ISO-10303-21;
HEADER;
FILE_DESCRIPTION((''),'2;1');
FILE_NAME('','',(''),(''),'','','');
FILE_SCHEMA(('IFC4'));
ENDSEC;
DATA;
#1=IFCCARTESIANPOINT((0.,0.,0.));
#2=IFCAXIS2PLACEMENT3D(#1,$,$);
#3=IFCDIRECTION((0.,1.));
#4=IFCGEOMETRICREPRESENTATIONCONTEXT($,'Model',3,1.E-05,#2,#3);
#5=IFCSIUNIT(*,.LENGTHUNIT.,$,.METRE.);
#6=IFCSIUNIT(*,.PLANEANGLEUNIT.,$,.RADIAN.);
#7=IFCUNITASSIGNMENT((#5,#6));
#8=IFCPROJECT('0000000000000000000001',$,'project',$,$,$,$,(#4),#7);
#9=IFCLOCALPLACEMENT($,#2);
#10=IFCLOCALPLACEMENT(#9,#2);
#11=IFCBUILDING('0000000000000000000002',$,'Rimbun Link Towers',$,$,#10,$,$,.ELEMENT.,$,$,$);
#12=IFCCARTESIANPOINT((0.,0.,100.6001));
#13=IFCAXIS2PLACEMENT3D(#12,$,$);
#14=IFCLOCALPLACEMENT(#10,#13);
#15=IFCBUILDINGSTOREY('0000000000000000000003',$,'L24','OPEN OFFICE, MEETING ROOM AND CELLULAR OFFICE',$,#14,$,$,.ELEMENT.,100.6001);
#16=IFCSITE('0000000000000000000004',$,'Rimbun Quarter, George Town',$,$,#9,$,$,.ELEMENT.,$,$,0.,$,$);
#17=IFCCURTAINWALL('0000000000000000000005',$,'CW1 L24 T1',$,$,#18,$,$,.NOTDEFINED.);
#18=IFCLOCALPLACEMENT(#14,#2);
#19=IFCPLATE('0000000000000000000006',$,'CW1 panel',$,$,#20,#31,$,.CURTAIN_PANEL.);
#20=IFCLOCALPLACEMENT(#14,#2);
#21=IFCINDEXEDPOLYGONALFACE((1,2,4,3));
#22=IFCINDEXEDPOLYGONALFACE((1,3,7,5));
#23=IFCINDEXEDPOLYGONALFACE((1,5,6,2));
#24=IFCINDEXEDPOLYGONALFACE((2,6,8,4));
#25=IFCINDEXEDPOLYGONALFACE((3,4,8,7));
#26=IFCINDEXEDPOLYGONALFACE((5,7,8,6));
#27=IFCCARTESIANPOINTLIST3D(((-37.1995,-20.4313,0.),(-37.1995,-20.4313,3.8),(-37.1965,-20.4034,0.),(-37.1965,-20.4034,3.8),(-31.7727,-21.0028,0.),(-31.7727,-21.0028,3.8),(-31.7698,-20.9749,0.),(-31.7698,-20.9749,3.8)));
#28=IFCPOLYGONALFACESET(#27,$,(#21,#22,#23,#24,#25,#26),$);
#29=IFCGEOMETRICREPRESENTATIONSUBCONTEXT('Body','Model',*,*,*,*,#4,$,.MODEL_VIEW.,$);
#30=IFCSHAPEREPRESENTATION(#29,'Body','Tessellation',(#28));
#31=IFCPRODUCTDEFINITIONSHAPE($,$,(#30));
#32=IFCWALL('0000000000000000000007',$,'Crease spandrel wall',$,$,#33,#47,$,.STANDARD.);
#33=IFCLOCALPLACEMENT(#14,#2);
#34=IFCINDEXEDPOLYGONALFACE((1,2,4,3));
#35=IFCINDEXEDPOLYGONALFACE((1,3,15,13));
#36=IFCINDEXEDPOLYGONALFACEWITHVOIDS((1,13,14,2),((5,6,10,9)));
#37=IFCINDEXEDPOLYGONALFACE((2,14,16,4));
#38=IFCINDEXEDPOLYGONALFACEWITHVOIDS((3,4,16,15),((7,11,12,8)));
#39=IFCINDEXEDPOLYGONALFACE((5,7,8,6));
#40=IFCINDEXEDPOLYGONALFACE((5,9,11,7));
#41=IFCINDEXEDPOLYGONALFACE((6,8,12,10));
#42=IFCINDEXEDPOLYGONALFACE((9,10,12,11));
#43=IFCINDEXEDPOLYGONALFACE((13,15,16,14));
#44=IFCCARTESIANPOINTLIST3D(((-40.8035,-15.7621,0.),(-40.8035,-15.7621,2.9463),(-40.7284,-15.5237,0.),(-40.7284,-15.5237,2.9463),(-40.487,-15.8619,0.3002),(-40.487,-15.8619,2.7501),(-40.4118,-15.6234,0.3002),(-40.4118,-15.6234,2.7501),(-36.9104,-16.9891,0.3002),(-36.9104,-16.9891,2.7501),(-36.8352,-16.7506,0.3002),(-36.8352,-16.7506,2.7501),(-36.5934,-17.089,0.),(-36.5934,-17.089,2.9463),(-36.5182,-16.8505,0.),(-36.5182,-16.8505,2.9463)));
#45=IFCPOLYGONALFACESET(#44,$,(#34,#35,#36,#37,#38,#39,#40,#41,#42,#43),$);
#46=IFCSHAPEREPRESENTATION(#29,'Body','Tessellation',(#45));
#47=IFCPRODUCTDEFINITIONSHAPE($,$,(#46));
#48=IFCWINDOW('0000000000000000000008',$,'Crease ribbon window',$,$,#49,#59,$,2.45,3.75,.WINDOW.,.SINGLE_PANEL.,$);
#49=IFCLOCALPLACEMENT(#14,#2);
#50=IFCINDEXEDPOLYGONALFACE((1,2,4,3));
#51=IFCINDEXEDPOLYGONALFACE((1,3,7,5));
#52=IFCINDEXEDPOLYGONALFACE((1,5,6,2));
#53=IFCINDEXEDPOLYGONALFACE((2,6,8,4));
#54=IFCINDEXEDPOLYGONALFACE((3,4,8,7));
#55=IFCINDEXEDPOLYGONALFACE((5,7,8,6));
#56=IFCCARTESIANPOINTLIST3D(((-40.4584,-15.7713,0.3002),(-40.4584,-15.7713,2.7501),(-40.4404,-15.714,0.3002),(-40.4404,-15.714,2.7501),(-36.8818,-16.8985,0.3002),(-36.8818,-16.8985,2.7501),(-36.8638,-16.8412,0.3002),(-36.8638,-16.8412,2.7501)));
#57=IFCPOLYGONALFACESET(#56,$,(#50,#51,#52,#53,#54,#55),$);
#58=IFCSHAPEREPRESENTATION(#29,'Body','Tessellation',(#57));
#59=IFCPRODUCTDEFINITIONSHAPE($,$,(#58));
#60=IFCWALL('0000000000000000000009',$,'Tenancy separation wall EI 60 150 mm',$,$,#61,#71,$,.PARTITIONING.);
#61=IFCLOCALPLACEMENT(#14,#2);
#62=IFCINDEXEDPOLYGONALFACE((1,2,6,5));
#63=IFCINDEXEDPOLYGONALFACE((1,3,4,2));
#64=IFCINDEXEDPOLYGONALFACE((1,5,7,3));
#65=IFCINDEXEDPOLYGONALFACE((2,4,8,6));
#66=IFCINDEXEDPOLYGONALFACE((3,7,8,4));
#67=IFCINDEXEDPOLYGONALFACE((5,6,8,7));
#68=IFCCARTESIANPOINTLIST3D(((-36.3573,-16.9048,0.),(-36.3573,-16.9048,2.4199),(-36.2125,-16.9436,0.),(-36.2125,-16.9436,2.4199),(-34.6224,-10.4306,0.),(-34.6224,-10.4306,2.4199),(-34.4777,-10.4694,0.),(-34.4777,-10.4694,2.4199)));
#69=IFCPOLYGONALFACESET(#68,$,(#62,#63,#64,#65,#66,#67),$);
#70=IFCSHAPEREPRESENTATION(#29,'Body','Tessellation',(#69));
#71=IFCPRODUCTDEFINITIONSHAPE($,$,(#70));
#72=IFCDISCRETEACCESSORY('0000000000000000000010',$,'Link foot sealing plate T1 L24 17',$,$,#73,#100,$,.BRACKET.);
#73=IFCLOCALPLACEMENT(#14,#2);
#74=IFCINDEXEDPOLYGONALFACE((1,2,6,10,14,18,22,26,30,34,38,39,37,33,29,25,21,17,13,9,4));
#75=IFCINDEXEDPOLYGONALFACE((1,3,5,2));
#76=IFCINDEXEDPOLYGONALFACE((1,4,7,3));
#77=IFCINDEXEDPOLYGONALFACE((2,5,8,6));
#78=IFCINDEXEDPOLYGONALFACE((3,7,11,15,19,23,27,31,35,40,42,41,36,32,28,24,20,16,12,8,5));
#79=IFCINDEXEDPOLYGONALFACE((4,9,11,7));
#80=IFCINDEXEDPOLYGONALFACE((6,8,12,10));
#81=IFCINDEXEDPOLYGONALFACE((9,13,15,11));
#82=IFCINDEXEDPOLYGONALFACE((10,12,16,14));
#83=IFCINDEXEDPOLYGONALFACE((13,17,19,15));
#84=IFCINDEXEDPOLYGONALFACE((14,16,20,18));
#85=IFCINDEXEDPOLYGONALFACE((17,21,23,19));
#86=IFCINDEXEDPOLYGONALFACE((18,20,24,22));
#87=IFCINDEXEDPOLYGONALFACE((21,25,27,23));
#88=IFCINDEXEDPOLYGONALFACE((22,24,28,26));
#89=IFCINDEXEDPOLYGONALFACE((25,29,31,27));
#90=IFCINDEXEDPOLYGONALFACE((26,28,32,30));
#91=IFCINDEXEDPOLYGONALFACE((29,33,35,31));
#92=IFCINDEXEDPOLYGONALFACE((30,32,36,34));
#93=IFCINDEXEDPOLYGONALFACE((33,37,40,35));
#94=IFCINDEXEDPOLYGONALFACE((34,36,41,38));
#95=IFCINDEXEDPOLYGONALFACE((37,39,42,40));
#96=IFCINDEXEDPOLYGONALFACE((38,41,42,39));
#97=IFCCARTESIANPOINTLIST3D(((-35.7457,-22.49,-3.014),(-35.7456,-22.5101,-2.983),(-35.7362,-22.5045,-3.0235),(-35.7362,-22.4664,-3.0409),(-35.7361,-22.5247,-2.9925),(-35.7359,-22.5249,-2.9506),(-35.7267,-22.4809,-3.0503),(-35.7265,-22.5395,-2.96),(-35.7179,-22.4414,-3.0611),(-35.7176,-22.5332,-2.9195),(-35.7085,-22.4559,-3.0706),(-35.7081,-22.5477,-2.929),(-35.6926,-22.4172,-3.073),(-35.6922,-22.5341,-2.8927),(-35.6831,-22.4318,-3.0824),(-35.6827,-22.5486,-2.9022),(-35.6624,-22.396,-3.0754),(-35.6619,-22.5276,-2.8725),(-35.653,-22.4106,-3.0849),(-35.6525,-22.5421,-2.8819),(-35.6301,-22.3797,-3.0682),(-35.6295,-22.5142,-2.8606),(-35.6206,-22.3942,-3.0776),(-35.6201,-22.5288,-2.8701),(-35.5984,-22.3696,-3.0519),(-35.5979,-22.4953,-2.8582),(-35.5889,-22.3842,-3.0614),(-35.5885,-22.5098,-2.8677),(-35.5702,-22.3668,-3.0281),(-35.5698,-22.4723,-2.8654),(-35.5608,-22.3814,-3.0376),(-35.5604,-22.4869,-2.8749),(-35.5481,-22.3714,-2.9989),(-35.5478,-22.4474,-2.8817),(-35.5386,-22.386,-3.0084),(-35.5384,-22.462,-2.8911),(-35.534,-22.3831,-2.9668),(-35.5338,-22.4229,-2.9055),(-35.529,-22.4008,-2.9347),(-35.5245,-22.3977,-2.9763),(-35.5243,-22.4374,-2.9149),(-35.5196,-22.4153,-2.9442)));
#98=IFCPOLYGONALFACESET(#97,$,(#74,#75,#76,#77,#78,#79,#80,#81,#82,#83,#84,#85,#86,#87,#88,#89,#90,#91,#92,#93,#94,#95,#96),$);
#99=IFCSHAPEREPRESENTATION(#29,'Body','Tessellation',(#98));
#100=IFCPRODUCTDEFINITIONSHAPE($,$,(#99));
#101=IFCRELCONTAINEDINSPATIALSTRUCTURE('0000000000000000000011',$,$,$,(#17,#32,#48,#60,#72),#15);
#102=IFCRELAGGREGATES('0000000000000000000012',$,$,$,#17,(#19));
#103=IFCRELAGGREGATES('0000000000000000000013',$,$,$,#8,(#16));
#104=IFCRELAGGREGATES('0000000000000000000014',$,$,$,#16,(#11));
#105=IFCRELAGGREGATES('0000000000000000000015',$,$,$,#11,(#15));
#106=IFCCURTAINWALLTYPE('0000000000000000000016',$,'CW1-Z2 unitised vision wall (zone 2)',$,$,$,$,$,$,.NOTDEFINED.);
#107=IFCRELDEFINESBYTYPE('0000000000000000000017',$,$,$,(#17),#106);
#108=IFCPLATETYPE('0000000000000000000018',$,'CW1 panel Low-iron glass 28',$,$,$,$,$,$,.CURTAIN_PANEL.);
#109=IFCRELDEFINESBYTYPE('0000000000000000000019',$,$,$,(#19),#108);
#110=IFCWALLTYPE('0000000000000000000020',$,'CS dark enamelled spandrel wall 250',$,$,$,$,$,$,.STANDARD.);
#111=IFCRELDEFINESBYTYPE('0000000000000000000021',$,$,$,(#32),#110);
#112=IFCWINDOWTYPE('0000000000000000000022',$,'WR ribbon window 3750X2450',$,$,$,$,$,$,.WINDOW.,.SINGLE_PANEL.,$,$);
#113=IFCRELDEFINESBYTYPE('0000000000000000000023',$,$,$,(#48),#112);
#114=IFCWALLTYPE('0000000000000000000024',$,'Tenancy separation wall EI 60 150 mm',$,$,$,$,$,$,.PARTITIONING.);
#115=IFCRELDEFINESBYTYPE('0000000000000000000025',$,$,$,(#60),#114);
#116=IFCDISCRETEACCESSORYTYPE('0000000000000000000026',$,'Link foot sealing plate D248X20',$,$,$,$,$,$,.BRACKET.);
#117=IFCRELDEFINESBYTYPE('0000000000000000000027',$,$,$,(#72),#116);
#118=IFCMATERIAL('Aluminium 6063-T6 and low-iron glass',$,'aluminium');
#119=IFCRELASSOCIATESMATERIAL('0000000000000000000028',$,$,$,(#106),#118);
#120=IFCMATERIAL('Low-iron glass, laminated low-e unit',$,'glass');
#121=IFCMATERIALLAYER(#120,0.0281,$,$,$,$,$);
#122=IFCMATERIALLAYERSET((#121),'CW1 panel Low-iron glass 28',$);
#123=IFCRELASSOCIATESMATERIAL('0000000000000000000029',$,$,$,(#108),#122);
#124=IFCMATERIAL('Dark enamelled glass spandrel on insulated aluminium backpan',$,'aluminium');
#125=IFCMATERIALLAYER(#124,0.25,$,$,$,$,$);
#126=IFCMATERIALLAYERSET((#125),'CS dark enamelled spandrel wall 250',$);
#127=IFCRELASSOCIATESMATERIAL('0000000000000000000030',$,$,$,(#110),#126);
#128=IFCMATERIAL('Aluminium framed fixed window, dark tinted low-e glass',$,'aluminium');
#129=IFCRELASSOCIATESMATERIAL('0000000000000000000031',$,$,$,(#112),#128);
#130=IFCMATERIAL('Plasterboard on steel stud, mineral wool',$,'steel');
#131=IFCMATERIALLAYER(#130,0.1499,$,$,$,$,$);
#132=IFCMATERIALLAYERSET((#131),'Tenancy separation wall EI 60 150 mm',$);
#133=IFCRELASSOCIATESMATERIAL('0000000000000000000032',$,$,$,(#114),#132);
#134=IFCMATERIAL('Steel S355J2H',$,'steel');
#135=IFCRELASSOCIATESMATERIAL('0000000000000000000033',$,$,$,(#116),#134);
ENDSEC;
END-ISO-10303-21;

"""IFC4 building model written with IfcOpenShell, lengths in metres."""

from ifc_helpers import new_model, si_unit, direction, frame, frame_2d, origin, origin_2d, place, context, subcontext, project, spatial, rectangle, circle, extrude, material, layer, layer_set, material_profile, profile_set, type_object, element, fill, aggregate, save


model = new_model("IFC4")

# Units and contexts
model_context = context("Model", 3, precision=1e-05, world=origin(), true_north=direction((0.0, 1.0)))
body_context = subcontext(model_context, "Body", "Model", "MODEL_VIEW")
ifc_project = project(units=[si_unit("LENGTHUNIT", "METRE"), si_unit("PLANEANGLEUNIT", "RADIAN")], contexts=[model_context])

# Site, building, storey
site_placement = place(None, origin())
site = spatial("IfcSite", under=ifc_project, at=site_placement, Name="Rimbun Quarter, George Town", CompositionType="ELEMENT", RefElevation=0.0)
building_placement = place(site_placement, origin())
building = spatial("IfcBuilding", under=site, at=building_placement, Name="Rimbun Link Towers", CompositionType="ELEMENT")
storey_placement = place(building_placement, frame((0.0, 0.0, 100.6001)))
storey = spatial("IfcBuildingStorey", under=building, at=storey_placement, Name="L24", Description="OPEN OFFICE, MEETING ROOM AND CELLULAR OFFICE", CompositionType="ELEMENT", Elevation=100.6001)

# Curtain wall
ifc_material_1 = material(Name="Aluminium 6063-T6 and low-iron glass", Category="aluminium")
curtain_wall_type = type_object("IfcCurtainWallType", Name="CW1-Z2 unitised vision wall (zone 2)", PredefinedType="NOTDEFINED", material=ifc_material_1)
curtain_wall_placement = place(storey_placement, origin())
curtain_wall = element("IfcCurtainWall", 1, at=curtain_wall_placement, inside=storey, type_object=curtain_wall_type, Name="CW1 L24 T1", PredefinedType="NOTDEFINED")

# Plate
ifc_material_2 = material(Name="Low-iron glass, laminated low-e unit", Category="glass")
ifc_layer_1 = layer(ifc_material_2, 0.0281)
ifc_layer_set_1 = layer_set([ifc_layer_1], Name="CW1 panel Low-iron glass 28")
plate_type = type_object("IfcPlateType", Name="CW1 panel Low-iron glass 28", PredefinedType="CURTAIN_PANEL", material=ifc_layer_set_1)
plate_placement = place(storey_placement, frame((-34.4846, -20.7031, 0.0), z_axis=(0.0, 0.0, 1.0), x_axis=(-0.9945, 0.104735, 0.0)))
plate = element("IfcPlate", 2, at=plate_placement, type_object=plate_type, Name="CW1 panel", PredefinedType="CURTAIN_PANEL", context=body_context, shape_type="SweptSolid", body=[
    extrude(rectangle(XDim=5.4568, YDim=0.0281, at=origin_2d()), origin(), (0.0, 0.0, 1.0), 3.8),
])
aggregate(curtain_wall, [plate])

# Wall, opening, window
ifc_material_3 = material(Name="Dark enamelled glass spandrel on insulated aluminium backpan", Category="aluminium")
ifc_layer_2 = layer(ifc_material_3, 0.25)
ifc_layer_set_2 = layer_set([ifc_layer_2], Name="CS dark enamelled spandrel wall 250")
wall_type_1 = type_object("IfcWallType", Name="CS dark enamelled spandrel wall 250", PredefinedType="STANDARD", material=ifc_layer_set_2)
wall_1_placement = place(storey_placement, frame((-36.5559, -16.9697, 0.0), z_axis=(0.0, 0.0, 1.0), x_axis=(-0.953754, 0.300589, 0.0)))
wall_1 = element("IfcWall", 3, at=wall_1_placement, inside=storey, type_object=wall_type_1, Name="Crease spandrel wall", PredefinedType="STANDARD", context=body_context, shape_type="SweptSolid", body=[
    extrude(rectangle(XDim=4.4143, YDim=0.25, at=frame_2d((2.207, 0.0))), origin(), (0.0, 0.0, 1.0), 2.9463),
])
opening_placement = place(wall_1_placement, frame((0.3323, 0.0, 0.3)))
opening = element("IfcOpeningElement", 4, at=opening_placement, cuts=wall_1, PredefinedType="OPENING", context=body_context, shape_type="SweptSolid", body=[
    extrude(rectangle(XDim=3.75, YDim=2.45, at=frame_2d((1.875, 1.2251))), frame((0.0, 0.135, 0.0), z_axis=(0.0, -1.0, 0.0), x_axis=(1.0, 0.0, 0.0)), (0.0, 0.0, 1.0), 0.27),
])
ifc_material_4 = material(Name="Aluminium framed fixed window, dark tinted low-e glass", Category="aluminium")
window_type = type_object("IfcWindowType", Name="WR ribbon window 3750X2450", PartitioningType="SINGLE_PANEL", PredefinedType="WINDOW", material=ifc_material_4)
window_placement = place(opening_placement, origin())
window = element("IfcWindow", 5, at=window_placement, inside=storey, type_object=window_type, Name="Crease ribbon window", OverallHeight=2.45, OverallWidth=3.75, PartitioningType="SINGLE_PANEL", PredefinedType="WINDOW", context=body_context, shape_type="SweptSolid", body=[
    extrude(rectangle(XDim=3.75, YDim=2.45, at=frame_2d((1.875, 1.2251))), frame((0.0, 0.03, 0.0), z_axis=(0.0, -1.0, 0.0), x_axis=(1.0, 0.0, 0.0)), (0.0, 0.0, 1.0), 0.0601),
])
fill(opening, window)

# Wall
ifc_material_5 = material(Name="Plasterboard on steel stud, mineral wool", Category="steel")
ifc_layer_3 = layer(ifc_material_5, 0.1499)
ifc_layer_set_3 = layer_set([ifc_layer_3], Name="Tenancy separation wall EI 60 150 mm")
wall_type_2 = type_object("IfcWallType", Name="Tenancy separation wall EI 60 150 mm", PredefinedType="PARTITIONING", material=ifc_layer_set_3)
wall_2_placement = place(storey_placement, frame((-34.55, -10.45, 0.0), z_axis=(0.0, 0.0, 1.0), x_axis=(-0.258837, -0.965921, 0.0)))
element("IfcWall", 6, at=wall_2_placement, inside=storey, type_object=wall_type_2, Name="Tenancy separation wall EI 60 150 mm", PredefinedType="PARTITIONING", context=body_context, shape_type="SweptSolid", body=[
    extrude(rectangle(XDim=6.7026, YDim=0.1499, at=frame_2d((3.3513, 0.0))), origin(), (0.0, 0.0, 1.0), 2.4199),
])

# Discrete accessory
ifc_material_6 = material(Name="Steel S355J2H", Category="steel")
ifc_material_profile_1 = material_profile(ifc_material_6, circle(Radius=0.124, at=origin_2d()), Name="PL D248")
ifc_profile_set_1 = profile_set([ifc_material_profile_1], Name="Steel S355J2H")
discrete_accessory_type = type_object("IfcDiscreteAccessoryType", Name="Link foot sealing plate D248X20", PredefinedType="BRACKET", material=ifc_profile_set_1)
discrete_accessory_placement = place(storey_placement, frame((-35.6379, -22.4507, -2.9668), z_axis=(0.478537, -0.73621, -0.478537), x_axis=(0.838444, 0.544988, 0.0)))
element("IfcDiscreteAccessory", 7, at=discrete_accessory_placement, inside=storey, type_object=discrete_accessory_type, Name="Link foot sealing plate T1 L24 17", PredefinedType="BRACKET", context=body_context, shape_type="SweptSolid", body=[
    extrude(circle(Radius=0.124, at=origin_2d()), origin(), (0.0, 0.0, 1.0), 0.0198),
])

save(model, "model.ifc")
